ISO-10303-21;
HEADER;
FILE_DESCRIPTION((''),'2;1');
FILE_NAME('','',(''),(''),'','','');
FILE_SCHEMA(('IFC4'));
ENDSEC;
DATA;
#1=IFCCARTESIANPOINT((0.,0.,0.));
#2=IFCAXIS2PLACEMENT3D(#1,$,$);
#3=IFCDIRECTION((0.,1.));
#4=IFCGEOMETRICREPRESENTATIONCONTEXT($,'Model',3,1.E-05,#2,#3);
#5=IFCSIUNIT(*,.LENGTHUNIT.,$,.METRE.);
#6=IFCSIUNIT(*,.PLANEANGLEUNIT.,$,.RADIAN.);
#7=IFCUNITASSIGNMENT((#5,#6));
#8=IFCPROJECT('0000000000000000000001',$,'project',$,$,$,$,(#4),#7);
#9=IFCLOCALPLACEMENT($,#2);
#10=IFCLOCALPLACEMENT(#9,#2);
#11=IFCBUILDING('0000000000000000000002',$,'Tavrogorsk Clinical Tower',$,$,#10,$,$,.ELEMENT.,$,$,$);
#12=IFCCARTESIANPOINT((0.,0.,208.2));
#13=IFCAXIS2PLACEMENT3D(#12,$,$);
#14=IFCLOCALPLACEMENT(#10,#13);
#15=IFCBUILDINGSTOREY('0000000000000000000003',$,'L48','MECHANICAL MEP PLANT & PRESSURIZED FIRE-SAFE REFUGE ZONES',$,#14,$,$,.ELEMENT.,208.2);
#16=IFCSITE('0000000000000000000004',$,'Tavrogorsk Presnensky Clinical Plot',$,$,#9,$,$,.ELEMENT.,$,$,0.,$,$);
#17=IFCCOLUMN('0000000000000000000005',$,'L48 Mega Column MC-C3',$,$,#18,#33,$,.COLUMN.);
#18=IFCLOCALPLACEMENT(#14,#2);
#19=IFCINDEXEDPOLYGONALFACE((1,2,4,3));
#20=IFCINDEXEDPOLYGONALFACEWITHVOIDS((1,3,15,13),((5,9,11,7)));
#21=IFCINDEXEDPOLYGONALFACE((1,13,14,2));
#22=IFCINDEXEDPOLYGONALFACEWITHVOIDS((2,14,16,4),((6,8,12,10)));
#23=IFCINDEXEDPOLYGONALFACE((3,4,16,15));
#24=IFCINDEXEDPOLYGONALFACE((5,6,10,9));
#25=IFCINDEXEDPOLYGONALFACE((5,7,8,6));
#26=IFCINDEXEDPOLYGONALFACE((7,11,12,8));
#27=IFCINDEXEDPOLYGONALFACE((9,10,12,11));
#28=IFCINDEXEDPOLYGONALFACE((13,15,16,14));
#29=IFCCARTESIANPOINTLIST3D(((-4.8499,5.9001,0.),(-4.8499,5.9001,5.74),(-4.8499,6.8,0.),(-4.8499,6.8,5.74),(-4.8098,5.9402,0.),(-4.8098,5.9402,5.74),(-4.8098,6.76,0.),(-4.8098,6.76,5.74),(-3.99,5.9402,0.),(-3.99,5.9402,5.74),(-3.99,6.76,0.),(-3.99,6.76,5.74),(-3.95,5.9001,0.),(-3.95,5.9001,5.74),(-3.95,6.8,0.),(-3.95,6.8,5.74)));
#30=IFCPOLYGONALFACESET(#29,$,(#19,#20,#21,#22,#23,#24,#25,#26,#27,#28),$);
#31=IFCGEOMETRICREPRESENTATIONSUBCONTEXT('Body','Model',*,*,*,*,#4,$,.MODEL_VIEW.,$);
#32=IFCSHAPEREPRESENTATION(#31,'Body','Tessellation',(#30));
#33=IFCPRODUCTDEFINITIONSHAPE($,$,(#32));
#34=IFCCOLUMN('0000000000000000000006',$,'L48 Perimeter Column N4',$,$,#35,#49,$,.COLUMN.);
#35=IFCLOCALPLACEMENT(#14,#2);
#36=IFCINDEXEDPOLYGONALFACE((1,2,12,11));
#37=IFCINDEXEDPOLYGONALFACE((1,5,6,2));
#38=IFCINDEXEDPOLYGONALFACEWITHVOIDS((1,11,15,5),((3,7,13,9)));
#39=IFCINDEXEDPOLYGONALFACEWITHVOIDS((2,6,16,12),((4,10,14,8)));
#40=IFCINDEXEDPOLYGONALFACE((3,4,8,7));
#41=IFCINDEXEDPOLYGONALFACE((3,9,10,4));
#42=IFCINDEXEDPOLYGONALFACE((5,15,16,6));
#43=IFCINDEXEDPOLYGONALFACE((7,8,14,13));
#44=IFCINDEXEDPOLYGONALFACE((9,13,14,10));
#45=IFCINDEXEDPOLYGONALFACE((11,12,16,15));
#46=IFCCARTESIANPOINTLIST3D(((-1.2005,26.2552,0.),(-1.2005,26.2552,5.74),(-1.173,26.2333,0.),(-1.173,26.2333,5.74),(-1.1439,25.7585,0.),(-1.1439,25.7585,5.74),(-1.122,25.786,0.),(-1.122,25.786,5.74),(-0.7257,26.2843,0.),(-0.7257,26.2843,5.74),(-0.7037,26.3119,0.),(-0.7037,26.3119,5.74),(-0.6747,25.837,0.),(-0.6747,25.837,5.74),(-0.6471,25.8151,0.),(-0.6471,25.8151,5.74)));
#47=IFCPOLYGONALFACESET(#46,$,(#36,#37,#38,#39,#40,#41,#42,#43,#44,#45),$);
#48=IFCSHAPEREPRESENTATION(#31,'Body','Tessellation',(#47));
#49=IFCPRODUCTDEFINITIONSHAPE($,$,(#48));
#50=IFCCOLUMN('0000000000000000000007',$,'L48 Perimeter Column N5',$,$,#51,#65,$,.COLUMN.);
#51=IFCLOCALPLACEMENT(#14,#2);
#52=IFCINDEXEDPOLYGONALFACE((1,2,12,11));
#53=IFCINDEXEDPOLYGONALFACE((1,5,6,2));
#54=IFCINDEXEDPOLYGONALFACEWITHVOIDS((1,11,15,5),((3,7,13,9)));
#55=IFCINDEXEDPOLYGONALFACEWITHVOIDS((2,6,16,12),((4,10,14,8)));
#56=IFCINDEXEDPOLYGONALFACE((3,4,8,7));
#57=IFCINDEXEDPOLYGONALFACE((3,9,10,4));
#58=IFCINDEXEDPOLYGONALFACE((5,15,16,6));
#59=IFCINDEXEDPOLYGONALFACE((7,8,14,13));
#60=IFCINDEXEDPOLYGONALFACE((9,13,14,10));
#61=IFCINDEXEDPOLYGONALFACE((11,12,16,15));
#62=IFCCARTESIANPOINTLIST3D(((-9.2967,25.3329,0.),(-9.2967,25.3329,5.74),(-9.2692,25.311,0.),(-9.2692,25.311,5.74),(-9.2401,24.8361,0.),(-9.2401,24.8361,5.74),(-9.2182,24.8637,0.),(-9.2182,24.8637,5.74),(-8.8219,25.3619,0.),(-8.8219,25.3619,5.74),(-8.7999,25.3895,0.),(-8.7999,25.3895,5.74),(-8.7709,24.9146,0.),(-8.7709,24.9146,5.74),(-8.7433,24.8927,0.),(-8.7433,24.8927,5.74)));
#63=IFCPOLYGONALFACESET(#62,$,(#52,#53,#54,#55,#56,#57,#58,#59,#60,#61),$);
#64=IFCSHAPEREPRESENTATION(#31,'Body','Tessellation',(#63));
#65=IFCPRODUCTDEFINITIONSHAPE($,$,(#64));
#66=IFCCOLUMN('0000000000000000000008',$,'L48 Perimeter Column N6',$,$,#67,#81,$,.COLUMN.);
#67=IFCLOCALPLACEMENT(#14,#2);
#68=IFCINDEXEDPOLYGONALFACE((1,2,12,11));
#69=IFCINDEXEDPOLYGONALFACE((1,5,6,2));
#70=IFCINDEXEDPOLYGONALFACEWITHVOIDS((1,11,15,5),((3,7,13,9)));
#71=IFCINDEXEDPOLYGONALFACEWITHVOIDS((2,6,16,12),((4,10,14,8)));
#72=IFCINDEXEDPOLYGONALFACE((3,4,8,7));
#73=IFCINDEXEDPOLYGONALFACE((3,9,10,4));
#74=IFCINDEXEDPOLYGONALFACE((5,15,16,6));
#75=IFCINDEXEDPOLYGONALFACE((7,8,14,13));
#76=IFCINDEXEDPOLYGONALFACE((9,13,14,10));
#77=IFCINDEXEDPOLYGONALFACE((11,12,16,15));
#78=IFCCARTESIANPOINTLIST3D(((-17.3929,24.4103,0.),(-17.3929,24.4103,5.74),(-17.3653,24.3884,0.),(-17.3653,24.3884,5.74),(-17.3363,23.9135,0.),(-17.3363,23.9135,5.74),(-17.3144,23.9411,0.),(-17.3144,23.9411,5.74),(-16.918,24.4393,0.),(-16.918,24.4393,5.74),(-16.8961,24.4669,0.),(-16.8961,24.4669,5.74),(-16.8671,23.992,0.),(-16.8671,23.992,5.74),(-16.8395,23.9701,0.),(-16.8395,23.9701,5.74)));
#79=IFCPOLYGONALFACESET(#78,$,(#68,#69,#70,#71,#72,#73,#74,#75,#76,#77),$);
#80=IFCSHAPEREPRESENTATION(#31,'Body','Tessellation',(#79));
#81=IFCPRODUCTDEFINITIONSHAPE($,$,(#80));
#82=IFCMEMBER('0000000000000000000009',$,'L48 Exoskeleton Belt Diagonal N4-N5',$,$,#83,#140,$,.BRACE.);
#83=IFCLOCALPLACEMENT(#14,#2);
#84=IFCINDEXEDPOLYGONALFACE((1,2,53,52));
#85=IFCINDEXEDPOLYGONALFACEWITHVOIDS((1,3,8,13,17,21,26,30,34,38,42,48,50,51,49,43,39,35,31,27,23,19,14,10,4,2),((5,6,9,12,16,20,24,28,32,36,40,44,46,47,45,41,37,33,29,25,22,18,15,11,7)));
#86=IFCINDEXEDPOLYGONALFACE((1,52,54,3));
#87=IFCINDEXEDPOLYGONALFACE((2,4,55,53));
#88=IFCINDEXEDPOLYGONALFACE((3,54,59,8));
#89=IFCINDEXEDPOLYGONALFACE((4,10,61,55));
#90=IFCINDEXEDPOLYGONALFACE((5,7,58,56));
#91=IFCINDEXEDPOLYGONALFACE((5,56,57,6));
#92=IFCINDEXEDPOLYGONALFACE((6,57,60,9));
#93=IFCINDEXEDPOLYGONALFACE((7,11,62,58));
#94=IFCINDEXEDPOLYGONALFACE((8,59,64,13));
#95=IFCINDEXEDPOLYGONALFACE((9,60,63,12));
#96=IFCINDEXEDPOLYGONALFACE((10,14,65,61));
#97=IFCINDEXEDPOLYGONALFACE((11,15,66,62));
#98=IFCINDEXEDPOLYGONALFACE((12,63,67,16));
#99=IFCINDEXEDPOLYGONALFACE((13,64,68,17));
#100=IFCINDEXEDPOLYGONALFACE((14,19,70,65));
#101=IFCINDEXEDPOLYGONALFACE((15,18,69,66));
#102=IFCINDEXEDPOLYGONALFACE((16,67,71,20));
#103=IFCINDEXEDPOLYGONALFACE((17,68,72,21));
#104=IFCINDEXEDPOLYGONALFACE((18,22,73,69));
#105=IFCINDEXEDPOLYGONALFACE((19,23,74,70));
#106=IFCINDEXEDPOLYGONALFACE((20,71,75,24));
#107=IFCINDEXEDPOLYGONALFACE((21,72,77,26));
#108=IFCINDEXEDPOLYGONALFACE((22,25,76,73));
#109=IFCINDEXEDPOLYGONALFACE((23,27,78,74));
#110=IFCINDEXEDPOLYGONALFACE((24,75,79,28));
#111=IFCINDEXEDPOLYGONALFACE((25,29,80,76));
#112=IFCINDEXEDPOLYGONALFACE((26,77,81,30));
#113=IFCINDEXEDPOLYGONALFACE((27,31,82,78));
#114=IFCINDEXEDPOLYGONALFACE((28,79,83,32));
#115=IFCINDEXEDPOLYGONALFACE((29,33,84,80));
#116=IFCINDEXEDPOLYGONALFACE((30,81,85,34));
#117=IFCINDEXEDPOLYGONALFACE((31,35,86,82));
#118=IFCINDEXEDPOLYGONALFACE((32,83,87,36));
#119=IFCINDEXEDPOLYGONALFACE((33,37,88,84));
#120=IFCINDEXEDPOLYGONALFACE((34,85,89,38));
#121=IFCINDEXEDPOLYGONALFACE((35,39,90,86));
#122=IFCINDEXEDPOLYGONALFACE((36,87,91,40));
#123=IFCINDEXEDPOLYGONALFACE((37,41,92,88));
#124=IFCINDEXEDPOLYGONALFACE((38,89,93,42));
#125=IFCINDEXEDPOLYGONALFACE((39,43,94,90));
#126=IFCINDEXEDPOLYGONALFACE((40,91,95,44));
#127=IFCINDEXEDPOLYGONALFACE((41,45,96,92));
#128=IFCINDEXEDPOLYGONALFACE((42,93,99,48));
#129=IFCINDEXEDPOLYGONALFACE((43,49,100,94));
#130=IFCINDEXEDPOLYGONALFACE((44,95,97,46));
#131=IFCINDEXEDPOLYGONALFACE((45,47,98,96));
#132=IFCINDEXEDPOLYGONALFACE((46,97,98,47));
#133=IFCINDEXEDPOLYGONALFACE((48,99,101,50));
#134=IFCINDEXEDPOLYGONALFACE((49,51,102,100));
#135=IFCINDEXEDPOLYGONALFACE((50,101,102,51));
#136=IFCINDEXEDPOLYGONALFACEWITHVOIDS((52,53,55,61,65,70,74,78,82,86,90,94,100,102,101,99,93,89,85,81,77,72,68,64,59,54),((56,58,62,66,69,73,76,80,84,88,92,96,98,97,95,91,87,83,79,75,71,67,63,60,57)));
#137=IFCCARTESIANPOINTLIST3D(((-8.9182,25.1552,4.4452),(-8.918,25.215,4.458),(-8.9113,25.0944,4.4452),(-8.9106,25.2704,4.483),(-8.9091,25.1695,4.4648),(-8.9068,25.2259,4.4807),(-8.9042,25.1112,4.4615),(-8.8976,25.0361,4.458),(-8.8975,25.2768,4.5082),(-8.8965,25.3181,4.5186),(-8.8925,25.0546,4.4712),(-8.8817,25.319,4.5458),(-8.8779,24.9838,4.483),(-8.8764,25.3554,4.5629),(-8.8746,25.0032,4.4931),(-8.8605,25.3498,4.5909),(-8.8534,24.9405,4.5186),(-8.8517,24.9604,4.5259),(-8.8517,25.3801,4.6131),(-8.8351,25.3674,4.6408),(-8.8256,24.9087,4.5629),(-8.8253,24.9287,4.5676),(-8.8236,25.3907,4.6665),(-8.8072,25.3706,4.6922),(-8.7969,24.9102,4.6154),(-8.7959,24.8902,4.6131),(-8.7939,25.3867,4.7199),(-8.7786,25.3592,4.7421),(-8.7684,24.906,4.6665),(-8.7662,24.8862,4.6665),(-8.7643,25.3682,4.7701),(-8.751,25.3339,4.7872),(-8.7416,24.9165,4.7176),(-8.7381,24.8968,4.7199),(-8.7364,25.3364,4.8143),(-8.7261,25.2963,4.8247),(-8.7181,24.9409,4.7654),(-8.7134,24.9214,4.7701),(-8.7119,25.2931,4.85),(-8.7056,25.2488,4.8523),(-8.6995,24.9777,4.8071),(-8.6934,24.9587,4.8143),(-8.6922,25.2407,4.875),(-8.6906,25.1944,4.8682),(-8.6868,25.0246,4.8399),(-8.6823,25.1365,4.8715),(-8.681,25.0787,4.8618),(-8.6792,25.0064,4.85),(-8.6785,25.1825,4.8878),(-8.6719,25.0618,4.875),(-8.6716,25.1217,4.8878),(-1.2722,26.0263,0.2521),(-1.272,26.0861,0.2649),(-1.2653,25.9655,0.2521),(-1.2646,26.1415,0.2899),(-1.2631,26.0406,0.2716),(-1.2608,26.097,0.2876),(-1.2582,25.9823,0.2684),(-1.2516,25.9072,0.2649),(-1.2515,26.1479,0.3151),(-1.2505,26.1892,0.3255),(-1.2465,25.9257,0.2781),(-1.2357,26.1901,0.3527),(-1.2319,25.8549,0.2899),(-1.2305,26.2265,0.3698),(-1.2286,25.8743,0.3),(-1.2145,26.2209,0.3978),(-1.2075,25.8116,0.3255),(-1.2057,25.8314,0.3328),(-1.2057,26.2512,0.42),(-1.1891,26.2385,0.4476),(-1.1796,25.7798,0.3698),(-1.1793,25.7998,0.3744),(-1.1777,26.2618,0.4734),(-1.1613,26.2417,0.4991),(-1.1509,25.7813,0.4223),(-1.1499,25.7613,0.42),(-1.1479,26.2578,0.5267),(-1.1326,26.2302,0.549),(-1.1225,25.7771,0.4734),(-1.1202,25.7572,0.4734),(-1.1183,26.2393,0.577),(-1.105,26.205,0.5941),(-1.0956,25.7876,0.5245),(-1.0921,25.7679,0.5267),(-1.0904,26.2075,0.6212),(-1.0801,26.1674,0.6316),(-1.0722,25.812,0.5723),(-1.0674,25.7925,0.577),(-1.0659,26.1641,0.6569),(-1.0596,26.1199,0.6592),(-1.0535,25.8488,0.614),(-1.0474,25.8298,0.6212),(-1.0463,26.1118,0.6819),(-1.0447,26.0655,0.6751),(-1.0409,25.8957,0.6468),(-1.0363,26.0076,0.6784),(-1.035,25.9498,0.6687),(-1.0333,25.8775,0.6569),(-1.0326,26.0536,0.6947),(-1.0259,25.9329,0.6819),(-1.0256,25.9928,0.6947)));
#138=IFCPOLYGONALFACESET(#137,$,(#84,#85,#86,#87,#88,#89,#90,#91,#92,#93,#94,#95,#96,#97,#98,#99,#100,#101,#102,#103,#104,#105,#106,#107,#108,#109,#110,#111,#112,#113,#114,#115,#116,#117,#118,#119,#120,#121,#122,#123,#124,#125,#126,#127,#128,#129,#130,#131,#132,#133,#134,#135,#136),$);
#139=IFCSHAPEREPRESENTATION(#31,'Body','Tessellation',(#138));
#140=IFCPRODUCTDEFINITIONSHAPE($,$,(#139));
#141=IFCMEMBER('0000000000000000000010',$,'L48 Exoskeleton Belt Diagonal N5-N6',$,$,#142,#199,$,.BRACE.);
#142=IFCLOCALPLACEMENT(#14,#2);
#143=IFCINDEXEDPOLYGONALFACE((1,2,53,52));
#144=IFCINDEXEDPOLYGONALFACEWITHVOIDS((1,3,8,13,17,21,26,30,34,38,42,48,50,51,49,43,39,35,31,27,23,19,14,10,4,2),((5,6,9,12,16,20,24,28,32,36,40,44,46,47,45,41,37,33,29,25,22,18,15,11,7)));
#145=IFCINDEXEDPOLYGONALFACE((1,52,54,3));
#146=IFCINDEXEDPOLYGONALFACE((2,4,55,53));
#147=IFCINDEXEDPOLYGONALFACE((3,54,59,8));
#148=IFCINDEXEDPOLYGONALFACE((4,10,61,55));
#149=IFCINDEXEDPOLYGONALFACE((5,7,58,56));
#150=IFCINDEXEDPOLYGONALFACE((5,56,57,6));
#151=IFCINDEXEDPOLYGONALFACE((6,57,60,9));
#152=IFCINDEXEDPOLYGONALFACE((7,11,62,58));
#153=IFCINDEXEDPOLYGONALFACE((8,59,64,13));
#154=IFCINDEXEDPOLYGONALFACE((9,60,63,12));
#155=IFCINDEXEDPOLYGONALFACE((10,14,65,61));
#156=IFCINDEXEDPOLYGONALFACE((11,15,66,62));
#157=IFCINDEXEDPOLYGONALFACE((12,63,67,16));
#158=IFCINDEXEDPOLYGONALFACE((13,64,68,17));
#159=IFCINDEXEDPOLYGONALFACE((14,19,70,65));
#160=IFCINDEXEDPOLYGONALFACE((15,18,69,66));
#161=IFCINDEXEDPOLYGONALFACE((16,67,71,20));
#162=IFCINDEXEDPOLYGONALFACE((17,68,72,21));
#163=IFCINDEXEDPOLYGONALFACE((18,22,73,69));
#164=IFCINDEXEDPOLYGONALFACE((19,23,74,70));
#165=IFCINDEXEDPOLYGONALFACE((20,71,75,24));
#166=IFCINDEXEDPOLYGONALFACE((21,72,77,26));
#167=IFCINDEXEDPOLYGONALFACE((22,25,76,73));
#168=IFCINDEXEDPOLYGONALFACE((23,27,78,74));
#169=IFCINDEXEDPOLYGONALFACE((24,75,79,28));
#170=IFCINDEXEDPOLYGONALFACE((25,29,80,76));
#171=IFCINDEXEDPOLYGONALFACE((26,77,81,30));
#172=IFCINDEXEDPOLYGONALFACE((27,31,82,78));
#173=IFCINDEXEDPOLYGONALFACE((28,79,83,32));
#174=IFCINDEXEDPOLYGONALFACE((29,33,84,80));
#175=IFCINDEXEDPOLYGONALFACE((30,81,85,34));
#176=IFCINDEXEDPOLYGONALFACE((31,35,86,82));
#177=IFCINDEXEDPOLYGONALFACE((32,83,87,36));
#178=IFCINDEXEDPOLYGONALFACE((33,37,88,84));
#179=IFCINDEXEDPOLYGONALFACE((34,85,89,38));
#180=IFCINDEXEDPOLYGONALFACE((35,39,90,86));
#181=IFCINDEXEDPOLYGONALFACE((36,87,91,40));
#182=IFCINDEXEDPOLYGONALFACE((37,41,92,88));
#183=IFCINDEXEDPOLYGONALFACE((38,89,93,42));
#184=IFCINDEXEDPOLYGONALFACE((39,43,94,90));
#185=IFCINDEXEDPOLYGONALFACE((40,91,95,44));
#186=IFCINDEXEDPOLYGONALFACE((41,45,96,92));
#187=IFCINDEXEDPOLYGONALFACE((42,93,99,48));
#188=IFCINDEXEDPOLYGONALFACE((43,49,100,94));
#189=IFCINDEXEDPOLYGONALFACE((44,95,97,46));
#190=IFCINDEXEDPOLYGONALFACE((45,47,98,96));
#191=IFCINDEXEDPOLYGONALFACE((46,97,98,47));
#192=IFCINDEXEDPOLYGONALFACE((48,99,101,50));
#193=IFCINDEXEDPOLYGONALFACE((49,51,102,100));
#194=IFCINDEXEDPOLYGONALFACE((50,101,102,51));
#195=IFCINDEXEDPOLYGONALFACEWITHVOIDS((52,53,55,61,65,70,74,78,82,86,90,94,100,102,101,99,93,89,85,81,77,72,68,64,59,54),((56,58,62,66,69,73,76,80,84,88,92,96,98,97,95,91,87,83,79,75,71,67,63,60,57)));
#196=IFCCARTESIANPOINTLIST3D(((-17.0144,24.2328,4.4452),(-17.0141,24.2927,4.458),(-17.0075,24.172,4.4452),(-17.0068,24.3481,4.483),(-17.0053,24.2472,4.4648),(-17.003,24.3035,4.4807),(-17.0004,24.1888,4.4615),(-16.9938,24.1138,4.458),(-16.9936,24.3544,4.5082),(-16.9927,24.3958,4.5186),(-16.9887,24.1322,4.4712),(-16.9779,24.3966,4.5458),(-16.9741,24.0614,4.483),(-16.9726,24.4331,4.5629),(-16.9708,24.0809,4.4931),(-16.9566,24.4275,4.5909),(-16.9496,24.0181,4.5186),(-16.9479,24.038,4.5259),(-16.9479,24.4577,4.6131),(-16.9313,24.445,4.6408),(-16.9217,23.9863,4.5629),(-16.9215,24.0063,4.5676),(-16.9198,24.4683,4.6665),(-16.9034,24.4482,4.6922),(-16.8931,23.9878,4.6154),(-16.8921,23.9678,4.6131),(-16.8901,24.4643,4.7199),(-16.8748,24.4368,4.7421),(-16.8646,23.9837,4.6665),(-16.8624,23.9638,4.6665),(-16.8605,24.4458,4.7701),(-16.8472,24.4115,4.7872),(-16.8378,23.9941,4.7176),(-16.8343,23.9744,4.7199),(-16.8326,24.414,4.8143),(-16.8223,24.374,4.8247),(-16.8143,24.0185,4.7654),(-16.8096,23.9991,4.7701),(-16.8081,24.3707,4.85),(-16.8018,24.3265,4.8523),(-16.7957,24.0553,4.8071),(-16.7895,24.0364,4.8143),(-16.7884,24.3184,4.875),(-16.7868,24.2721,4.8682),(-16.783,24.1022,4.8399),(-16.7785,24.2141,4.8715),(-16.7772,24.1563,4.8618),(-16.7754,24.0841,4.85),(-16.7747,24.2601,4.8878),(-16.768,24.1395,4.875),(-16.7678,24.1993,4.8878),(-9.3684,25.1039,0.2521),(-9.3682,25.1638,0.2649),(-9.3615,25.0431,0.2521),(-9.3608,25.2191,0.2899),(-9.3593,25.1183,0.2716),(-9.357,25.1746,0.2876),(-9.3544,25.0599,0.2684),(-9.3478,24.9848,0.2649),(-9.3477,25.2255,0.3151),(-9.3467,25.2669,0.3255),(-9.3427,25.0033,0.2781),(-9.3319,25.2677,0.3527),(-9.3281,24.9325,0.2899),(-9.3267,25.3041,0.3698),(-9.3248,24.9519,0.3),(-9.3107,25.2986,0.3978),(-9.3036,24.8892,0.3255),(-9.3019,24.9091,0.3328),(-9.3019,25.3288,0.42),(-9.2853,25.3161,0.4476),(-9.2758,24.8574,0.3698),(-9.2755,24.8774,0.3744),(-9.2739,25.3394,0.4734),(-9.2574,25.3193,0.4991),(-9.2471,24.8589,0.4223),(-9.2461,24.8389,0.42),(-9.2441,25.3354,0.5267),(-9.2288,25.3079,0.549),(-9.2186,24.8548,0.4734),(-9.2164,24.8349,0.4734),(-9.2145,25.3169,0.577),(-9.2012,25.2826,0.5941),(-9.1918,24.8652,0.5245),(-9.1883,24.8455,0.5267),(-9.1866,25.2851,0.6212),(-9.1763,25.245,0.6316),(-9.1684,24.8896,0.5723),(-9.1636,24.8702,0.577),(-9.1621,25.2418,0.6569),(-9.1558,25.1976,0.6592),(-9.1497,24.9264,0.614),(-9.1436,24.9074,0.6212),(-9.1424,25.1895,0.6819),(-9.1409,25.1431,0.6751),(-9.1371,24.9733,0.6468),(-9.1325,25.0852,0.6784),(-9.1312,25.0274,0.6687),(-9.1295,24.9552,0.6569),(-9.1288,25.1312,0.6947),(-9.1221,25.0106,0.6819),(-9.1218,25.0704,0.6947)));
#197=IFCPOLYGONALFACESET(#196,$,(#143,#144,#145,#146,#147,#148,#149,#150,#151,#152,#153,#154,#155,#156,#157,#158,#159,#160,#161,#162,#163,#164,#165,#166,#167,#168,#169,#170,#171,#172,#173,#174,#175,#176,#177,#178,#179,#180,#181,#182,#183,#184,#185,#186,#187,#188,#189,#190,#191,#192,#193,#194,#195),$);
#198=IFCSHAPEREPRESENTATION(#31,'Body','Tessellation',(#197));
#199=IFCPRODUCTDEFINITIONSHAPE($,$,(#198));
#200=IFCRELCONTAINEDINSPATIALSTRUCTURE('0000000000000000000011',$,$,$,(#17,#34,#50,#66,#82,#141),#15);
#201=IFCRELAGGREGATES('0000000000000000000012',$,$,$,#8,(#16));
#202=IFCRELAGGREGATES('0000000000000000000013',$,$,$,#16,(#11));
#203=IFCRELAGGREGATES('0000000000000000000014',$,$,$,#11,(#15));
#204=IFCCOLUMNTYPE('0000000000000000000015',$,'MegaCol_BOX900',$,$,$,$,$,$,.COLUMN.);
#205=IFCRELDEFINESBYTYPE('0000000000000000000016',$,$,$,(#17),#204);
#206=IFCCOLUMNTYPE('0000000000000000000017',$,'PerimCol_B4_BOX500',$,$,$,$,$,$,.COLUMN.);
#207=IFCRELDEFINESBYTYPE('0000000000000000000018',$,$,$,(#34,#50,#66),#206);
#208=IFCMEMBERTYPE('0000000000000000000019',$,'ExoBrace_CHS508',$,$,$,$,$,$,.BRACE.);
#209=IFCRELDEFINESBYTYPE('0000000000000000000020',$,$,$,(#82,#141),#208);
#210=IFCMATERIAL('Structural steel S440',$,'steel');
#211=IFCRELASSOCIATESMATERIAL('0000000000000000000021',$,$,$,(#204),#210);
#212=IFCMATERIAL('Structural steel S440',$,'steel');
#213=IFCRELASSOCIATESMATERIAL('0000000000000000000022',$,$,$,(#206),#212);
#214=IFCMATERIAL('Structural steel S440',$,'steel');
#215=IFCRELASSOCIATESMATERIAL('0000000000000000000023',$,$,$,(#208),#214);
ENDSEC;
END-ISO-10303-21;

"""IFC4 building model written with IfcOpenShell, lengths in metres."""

from ifc_helpers import new_model, si_unit, direction, frame, origin, origin_2d, place, context, subcontext, project, spatial, hollow_rectangle, hollow_circle, extrude, material, material_profile, profile_set, type_object, element, save


model = new_model("IFC4")

# Units and contexts
model_context = context("Model", 3, precision=1e-05, world=origin(), true_north=direction((0.0, 1.0)))
body_context = subcontext(model_context, "Body", "Model", "MODEL_VIEW")
ifc_project = project(units=[si_unit("LENGTHUNIT", "METRE"), si_unit("PLANEANGLEUNIT", "RADIAN")], contexts=[model_context])

# Site, building, storey
site_placement = place(None, origin())
site = spatial("IfcSite", under=ifc_project, at=site_placement, Name="Tavrogorsk Presnensky Clinical Plot", CompositionType="ELEMENT", RefElevation=0.0)
building_placement = place(site_placement, origin())
building = spatial("IfcBuilding", under=site, at=building_placement, Name="Tavrogorsk Clinical Tower", CompositionType="ELEMENT")
storey_placement = place(building_placement, frame((0.0, 0.0, 208.2)))
storey = spatial("IfcBuildingStorey", under=building, at=storey_placement, Name="L48", Description="MECHANICAL MEP PLANT & PRESSURIZED FIRE-SAFE REFUGE ZONES", CompositionType="ELEMENT", Elevation=208.2)

# Columns
ifc_material_1 = material(Name="Structural steel S440", Category="steel")
ifc_material_profile_1 = material_profile(ifc_material_1, hollow_rectangle(XDim=0.8999, YDim=0.8999, WallThickness=0.04, at=origin_2d()), Name="BOX-900x900x40")
ifc_profile_set_1 = profile_set([ifc_material_profile_1], Name="Structural steel S440")
column_type_1 = type_object("IfcColumnType", Name="MegaCol_BOX900", PredefinedType="COLUMN", material=ifc_profile_set_1)
column_placement = place(storey_placement, frame((-4.3999, 6.3501, 0.0), z_axis=(0.0, 0.0, 1.0), x_axis=(1.0, 0.0, 0.0)))
element("IfcColumn", 1, at=column_placement, inside=storey, type_object=column_type_1, Name="L48 Mega Column MC-C3", PredefinedType="COLUMN", context=body_context, shape_type="SweptSolid", body=[
    extrude(hollow_rectangle(XDim=0.8999, YDim=0.8999, WallThickness=0.04, at=origin_2d()), origin(), (0.0, 0.0, 1.0), 5.74),
])
ifc_material_2 = material(Name="Structural steel S440", Category="steel")
ifc_material_profile_2 = material_profile(ifc_material_2, hollow_rectangle(XDim=0.5, YDim=0.5, WallThickness=0.0249, at=origin_2d()), Name="BOX-500x500x25")
ifc_profile_set_2 = profile_set([ifc_material_profile_2], Name="Structural steel S440")
column_type_2 = type_object("IfcColumnType", Name="PerimCol_B4_BOX500", PredefinedType="COLUMN", material=ifc_profile_set_2)
for number, where, z_axis, x_axis, name in (
    (2, (-0.9238, 26.0352, 0.0), (0.0, 0.0, 1.0), (0.993572, 0.113203, 0.0), "L48 Perimeter Column N4"),
    (3, (-9.02, 25.1128, 0.0), (0.0, 0.0, 1.0), (0.993572, 0.113203, 0.0), "L48 Perimeter Column N5"),
    (4, (-17.1162, 24.1902, 0.0), (0.0, 0.0, 1.0), (0.993572, 0.113203, 0.0), "L48 Perimeter Column N6"),
):
    element("IfcColumn", number, at=place(storey_placement, frame(where, z_axis=z_axis, x_axis=x_axis)), inside=storey, type_object=column_type_2, Name=name, PredefinedType="COLUMN", context=body_context, shape_type="SweptSolid", body=[
        extrude(hollow_rectangle(XDim=0.5, YDim=0.5, WallThickness=0.0249, at=origin_2d()), origin(), (0.0, 0.0, 1.0), 5.74),
    ])

# Members
ifc_material_3 = material(Name="Structural steel S440", Category="steel")
ifc_material_profile_3 = material_profile(ifc_material_3, hollow_circle(Radius=0.2539, WallThickness=0.02, at=origin_2d()), Name="CHS-508x20")
ifc_profile_set_3 = profile_set([ifc_material_profile_3], Name="Structural steel S440")
member_type_1 = type_object("IfcMemberType", Name="ExoBrace_CHS508", PredefinedType="BRACE", material=ifc_profile_set_3)
for number, where, z_axis, x_axis, name in (
    (5, (-1.1489, 26.0095, 0.4734), (-0.872463, -0.099398, 0.478465), (0.113196, -0.993573, 0.0), "L48 Exoskeleton Belt Diagonal N4-N5"),
    (6, (-9.2451, 25.0872, 0.4734), (-0.872463, -0.099398, 0.478465), (0.113196, -0.993573, 0.0), "L48 Exoskeleton Belt Diagonal N5-N6"),
):
    element("IfcMember", number, at=place(storey_placement, frame(where, z_axis=z_axis, x_axis=x_axis)), inside=storey, type_object=member_type_1, Name=name, PredefinedType="BRACE", context=body_context, shape_type="SweptSolid", body=[
        extrude(hollow_circle(Radius=0.2539, WallThickness=0.02, at=origin_2d()), origin(), (0.0, 0.0, 1.0), 8.7637),
    ])

save(model, "model.ifc")
